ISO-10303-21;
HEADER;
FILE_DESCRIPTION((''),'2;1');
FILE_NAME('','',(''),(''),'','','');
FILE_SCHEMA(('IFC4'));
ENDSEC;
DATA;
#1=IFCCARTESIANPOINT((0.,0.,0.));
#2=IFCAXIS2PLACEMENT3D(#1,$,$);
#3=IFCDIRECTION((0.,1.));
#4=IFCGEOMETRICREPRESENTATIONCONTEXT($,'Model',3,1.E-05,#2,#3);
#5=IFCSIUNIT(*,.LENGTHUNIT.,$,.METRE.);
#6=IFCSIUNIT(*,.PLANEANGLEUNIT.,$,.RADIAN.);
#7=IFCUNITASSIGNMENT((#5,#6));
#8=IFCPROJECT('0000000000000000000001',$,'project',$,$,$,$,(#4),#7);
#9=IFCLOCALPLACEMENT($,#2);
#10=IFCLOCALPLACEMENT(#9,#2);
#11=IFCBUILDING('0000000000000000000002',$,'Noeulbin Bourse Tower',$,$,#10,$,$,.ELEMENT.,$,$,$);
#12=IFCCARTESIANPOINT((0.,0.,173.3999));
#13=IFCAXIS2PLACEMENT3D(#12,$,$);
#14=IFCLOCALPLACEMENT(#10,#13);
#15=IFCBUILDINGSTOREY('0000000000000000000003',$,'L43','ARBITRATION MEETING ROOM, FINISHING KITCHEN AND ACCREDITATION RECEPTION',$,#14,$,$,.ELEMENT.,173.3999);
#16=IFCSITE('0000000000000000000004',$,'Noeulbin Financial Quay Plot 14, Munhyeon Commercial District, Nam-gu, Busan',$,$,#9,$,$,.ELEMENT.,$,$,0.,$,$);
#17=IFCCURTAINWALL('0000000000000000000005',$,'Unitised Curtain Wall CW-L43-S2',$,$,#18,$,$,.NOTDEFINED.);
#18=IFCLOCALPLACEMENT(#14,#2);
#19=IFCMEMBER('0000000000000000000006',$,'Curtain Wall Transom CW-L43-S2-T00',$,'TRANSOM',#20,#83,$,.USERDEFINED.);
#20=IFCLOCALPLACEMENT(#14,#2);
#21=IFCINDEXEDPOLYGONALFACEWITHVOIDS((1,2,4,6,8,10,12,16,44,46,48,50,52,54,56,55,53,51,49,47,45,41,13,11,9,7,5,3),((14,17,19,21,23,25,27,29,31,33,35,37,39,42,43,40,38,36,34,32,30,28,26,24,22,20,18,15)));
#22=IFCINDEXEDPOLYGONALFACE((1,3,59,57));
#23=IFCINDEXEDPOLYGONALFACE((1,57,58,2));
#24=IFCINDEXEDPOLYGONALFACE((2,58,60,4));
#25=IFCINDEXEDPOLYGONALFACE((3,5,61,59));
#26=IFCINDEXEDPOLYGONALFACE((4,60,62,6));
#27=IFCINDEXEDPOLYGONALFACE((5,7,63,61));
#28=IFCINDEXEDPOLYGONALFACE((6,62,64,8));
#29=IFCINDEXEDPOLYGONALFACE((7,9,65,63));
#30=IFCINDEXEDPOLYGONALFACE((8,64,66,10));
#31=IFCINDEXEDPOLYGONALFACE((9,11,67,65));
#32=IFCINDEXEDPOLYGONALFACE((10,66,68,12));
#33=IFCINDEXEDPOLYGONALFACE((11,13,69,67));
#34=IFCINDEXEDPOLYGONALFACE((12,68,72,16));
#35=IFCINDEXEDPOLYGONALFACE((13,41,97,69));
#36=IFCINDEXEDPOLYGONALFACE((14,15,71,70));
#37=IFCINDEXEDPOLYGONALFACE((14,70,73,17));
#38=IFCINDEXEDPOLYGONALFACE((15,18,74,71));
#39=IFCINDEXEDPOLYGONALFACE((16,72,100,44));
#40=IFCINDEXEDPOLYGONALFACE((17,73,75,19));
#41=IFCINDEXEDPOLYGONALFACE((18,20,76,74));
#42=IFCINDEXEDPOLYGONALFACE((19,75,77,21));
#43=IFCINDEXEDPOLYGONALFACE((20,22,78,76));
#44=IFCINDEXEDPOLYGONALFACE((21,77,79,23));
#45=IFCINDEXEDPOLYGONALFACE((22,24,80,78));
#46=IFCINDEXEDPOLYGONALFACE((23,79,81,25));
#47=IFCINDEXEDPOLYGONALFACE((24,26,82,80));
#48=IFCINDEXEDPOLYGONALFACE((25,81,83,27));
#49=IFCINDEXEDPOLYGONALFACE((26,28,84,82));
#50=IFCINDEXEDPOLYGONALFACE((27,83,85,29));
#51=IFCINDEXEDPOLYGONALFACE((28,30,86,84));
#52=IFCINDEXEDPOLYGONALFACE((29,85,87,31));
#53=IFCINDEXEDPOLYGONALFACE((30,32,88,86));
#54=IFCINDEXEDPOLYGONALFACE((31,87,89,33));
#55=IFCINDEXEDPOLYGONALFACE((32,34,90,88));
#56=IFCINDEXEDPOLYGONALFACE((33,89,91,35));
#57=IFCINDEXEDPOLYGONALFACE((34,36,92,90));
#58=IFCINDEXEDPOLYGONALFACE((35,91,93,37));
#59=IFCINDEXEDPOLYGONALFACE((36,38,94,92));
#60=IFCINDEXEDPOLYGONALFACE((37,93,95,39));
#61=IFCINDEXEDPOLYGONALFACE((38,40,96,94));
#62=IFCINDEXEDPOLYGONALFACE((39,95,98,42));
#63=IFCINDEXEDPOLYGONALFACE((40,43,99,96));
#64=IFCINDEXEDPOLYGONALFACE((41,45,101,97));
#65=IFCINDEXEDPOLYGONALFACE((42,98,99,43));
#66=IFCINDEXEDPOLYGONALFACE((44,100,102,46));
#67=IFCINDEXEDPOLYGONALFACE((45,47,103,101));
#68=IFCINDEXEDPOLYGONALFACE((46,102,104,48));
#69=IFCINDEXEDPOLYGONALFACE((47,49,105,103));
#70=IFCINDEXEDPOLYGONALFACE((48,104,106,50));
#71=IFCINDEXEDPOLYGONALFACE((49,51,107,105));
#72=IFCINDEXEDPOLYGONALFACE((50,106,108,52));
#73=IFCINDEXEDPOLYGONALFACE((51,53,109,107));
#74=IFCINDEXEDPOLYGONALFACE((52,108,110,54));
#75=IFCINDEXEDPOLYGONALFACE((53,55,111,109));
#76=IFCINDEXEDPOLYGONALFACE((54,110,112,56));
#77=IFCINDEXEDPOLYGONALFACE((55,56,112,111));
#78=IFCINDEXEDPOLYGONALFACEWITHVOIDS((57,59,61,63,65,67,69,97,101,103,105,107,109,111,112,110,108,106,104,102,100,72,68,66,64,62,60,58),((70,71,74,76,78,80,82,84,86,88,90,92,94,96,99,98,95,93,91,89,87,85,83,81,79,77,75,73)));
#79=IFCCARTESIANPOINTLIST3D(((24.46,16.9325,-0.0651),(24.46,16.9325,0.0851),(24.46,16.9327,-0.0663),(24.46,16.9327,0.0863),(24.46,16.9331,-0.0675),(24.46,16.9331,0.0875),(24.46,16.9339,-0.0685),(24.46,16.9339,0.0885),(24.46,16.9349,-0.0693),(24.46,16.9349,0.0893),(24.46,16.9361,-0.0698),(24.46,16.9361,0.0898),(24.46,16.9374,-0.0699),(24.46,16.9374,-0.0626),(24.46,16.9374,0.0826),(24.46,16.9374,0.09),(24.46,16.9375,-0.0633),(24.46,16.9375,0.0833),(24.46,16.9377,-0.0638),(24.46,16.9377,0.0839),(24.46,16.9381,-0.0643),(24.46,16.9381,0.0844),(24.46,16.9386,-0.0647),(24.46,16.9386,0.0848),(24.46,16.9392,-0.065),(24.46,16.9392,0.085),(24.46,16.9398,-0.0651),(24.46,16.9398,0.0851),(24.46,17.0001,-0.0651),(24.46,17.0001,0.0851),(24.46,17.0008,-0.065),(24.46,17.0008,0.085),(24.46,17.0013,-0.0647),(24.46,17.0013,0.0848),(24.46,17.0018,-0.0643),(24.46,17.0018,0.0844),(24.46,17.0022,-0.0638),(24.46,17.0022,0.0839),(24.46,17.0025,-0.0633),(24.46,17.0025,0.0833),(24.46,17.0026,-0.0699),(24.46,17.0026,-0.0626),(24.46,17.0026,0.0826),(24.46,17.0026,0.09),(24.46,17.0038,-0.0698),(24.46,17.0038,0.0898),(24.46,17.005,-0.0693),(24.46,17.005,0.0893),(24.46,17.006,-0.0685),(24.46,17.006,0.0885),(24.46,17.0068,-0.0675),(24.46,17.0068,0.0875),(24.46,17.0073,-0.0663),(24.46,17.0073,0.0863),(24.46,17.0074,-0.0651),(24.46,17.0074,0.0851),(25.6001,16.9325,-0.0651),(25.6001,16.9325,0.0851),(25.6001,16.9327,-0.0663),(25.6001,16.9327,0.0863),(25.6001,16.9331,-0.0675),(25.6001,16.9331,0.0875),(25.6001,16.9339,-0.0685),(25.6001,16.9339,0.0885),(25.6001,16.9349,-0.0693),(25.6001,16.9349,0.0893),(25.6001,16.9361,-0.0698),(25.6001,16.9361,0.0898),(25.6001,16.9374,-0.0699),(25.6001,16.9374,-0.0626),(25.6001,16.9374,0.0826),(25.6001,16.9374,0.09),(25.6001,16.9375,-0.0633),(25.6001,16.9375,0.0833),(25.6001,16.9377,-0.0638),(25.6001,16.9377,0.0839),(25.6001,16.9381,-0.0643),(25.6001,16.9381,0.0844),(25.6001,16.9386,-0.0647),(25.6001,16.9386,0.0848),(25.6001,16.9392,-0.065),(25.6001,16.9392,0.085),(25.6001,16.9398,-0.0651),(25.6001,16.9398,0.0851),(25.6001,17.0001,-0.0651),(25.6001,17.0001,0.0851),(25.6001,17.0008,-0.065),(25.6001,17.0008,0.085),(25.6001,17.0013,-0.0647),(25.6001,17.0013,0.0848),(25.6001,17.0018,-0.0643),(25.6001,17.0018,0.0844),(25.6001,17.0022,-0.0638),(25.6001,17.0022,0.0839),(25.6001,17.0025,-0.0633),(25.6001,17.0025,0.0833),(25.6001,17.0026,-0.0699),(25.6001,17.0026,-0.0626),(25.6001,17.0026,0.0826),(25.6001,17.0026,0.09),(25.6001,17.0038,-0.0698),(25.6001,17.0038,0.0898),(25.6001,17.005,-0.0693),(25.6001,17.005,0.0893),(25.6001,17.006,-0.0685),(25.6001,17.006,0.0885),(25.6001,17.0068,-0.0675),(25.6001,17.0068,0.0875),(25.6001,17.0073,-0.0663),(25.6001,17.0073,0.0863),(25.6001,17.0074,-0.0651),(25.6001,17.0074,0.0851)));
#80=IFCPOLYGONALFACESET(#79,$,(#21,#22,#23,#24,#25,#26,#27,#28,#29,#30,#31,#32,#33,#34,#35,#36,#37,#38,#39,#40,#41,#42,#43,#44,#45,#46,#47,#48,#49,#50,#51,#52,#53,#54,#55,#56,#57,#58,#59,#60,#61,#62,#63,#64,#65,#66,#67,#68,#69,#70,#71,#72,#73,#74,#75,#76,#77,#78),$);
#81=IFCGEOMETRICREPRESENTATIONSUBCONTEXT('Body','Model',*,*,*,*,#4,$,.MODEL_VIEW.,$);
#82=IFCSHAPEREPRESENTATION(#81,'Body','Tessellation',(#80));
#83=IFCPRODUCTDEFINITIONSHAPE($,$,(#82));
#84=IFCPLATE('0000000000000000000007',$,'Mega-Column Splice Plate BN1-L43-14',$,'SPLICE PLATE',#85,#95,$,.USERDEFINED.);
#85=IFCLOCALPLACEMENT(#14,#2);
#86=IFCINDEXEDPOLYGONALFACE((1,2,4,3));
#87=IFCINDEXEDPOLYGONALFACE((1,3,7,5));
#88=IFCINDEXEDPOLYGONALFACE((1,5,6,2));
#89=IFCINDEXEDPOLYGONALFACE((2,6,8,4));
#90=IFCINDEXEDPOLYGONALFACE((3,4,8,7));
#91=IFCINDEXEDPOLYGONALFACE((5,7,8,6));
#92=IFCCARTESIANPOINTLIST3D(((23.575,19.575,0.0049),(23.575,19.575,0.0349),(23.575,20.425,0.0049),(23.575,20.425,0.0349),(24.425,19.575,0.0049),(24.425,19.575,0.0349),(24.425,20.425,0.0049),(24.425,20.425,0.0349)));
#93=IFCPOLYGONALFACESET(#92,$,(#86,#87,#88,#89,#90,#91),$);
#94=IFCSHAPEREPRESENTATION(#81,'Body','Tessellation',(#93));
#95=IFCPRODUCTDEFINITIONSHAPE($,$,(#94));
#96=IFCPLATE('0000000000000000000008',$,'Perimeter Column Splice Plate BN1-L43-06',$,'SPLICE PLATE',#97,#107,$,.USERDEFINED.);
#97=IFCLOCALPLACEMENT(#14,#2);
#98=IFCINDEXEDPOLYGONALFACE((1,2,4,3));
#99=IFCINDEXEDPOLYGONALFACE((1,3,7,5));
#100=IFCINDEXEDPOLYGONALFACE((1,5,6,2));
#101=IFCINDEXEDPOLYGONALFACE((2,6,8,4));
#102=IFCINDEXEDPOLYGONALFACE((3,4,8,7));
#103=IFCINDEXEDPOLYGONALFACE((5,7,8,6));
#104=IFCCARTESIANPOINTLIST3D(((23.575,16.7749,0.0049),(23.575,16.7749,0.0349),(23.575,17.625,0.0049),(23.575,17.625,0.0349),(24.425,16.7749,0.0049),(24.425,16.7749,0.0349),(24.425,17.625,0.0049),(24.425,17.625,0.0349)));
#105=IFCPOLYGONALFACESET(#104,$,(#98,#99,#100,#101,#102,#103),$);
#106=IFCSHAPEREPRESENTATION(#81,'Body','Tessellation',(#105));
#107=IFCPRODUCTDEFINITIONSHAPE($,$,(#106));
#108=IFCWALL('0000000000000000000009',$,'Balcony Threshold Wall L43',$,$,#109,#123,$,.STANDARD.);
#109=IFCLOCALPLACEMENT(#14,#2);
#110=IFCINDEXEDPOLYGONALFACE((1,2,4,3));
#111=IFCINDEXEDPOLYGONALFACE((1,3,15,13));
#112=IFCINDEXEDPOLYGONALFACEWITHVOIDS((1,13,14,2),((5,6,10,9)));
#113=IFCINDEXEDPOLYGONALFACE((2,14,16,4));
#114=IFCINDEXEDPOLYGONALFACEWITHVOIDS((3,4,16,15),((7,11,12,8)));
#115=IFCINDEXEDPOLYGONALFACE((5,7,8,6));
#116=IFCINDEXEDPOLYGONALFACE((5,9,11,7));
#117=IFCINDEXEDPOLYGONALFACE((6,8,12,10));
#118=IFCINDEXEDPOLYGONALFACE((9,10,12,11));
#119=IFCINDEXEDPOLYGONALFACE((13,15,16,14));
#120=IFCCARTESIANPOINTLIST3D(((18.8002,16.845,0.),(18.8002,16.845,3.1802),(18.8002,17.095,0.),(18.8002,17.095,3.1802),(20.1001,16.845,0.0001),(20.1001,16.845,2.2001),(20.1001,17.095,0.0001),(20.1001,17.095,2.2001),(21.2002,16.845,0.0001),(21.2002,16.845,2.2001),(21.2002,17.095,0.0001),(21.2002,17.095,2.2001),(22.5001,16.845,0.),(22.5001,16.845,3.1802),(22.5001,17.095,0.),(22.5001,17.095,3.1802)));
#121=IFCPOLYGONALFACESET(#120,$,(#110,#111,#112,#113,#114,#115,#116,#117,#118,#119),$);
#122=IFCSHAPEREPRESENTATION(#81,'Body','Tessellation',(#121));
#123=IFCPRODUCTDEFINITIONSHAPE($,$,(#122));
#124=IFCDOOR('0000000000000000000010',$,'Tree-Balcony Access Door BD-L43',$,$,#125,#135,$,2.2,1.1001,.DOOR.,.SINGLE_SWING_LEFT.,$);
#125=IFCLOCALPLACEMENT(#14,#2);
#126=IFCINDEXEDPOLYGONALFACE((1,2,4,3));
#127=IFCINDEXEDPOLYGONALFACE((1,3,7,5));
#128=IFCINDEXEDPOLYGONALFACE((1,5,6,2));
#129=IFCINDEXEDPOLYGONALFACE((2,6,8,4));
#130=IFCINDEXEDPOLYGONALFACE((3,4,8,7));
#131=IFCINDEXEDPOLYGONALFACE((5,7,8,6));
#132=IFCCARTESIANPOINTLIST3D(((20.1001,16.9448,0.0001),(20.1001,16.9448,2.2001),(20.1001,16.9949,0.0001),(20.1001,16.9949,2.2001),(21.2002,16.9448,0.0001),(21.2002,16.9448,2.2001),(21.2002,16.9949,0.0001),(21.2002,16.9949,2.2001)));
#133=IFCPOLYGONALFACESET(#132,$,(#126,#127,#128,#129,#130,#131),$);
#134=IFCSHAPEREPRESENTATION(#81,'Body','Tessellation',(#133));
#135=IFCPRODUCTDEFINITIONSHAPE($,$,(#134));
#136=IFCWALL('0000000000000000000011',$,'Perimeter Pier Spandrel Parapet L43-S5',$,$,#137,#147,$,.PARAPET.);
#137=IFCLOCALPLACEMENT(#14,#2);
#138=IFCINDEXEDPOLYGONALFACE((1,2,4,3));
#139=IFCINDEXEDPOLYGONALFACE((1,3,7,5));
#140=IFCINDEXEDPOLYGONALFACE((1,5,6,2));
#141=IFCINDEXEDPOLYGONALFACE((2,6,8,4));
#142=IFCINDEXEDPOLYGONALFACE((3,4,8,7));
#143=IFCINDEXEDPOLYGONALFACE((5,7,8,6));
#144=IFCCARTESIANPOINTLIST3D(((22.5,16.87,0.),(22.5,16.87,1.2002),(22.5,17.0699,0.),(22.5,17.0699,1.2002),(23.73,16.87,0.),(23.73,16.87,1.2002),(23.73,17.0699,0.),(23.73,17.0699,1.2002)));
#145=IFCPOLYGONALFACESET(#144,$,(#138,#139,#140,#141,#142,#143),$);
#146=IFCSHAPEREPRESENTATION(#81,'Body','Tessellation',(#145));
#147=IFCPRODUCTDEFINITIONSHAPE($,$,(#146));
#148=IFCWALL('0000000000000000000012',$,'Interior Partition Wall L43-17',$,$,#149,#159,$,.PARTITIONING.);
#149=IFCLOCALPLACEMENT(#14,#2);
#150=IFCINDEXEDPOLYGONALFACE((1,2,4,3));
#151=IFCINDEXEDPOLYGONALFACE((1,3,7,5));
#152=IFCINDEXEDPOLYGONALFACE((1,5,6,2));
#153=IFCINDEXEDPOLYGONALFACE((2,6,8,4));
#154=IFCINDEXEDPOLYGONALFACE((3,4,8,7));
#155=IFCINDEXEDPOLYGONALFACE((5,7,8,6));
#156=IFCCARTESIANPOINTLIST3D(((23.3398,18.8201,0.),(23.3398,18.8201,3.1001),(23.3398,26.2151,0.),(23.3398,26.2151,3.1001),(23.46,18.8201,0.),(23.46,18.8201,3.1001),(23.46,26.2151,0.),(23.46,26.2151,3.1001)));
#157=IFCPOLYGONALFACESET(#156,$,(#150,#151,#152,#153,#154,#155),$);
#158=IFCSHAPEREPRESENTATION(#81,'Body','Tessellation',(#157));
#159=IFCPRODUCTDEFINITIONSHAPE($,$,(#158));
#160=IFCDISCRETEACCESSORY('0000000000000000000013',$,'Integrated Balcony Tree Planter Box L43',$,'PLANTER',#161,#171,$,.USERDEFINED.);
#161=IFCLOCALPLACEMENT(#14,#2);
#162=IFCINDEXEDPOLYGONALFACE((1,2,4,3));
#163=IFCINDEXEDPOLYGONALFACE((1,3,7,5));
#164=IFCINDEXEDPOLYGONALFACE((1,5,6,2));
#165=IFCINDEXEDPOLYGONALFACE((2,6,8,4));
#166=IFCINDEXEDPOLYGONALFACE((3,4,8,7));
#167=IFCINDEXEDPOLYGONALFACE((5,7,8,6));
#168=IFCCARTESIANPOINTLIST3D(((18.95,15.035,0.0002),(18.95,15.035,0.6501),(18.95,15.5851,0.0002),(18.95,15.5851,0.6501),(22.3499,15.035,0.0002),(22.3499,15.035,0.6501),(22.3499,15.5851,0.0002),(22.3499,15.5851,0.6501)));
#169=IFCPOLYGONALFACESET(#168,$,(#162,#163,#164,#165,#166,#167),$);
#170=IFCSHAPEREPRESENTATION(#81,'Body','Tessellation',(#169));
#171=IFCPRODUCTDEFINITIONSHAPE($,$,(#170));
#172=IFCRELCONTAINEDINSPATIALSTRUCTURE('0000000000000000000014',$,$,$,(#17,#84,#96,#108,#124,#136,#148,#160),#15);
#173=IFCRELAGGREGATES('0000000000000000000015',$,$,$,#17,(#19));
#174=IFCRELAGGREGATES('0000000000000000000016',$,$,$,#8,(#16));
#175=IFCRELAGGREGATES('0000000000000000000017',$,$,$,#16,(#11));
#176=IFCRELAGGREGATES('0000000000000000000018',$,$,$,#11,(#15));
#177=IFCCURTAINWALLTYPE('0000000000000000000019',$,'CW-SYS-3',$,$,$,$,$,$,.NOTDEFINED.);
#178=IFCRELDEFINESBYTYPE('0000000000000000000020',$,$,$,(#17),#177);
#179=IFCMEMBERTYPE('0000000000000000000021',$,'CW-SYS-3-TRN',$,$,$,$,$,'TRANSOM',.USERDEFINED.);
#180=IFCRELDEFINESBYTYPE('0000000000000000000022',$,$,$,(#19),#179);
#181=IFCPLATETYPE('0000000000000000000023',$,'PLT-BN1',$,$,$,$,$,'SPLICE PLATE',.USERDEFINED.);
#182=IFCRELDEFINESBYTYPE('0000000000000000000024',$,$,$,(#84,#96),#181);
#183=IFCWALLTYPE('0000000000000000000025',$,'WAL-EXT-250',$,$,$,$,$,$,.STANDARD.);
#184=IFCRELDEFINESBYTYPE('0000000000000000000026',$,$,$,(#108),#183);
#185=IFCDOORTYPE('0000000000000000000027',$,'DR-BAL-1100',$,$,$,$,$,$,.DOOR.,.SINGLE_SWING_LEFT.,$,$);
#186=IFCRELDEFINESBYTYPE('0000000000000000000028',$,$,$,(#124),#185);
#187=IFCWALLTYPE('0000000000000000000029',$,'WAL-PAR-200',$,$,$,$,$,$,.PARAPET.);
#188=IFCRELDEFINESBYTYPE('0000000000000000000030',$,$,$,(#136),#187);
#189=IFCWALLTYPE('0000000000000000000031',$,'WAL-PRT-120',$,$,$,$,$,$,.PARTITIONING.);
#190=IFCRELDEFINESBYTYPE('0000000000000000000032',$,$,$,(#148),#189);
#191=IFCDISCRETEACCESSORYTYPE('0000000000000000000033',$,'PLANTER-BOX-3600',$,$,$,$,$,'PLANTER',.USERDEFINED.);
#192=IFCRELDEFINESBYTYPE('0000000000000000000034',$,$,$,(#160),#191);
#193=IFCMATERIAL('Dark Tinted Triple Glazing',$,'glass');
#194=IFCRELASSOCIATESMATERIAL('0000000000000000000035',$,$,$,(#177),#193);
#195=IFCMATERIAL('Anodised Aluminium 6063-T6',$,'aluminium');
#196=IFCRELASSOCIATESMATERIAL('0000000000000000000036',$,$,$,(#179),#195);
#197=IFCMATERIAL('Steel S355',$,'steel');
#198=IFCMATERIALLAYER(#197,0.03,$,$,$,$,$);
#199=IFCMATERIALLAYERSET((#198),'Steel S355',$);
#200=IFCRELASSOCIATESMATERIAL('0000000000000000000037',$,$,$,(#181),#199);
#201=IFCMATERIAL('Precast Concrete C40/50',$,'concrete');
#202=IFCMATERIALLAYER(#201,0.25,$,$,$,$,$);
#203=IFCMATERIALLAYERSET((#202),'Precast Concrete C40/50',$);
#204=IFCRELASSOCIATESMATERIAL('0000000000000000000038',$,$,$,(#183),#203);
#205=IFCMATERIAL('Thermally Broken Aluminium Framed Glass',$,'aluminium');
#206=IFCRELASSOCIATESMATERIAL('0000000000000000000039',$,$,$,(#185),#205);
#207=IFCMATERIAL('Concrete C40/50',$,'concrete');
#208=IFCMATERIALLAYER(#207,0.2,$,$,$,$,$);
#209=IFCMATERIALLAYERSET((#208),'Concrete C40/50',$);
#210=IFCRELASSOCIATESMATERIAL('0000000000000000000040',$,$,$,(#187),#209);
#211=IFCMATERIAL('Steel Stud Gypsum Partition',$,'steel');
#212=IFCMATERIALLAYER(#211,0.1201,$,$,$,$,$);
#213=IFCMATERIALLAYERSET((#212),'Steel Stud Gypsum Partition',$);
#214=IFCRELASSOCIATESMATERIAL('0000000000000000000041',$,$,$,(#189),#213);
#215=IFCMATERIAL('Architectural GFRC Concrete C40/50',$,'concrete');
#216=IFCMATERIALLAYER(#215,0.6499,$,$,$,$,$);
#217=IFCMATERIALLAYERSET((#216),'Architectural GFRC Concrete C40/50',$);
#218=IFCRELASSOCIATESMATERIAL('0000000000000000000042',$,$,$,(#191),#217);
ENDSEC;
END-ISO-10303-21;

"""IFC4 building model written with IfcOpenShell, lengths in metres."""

from ifc_helpers import new_model, si_unit, direction, frame, frame_2d, origin, origin_2d, place, context, subcontext, project, spatial, rectangle, hollow_rectangle, extrude, material, layer, layer_set, material_profile, profile_set, type_object, element, fill, aggregate, save


model = new_model("IFC4")

# Units and contexts
model_context = context("Model", 3, precision=1e-05, world=origin(), true_north=direction((0.0, 1.0)))
body_context = subcontext(model_context, "Body", "Model", "MODEL_VIEW")
ifc_project = project(units=[si_unit("LENGTHUNIT", "METRE"), si_unit("PLANEANGLEUNIT", "RADIAN")], contexts=[model_context])

# Site, building, storey
site_placement = place(None, origin())
site = spatial("IfcSite", under=ifc_project, at=site_placement, Name="Noeulbin Financial Quay Plot 14, Munhyeon Commercial District, Nam-gu, Busan", CompositionType="ELEMENT", RefElevation=0.0)
building_placement = place(site_placement, origin())
building = spatial("IfcBuilding", under=site, at=building_placement, Name="Noeulbin Bourse Tower", CompositionType="ELEMENT")
storey_placement = place(building_placement, frame((0.0, 0.0, 173.3999)))
storey = spatial("IfcBuildingStorey", under=building, at=storey_placement, Name="L43", Description="ARBITRATION MEETING ROOM, FINISHING KITCHEN AND ACCREDITATION RECEPTION", CompositionType="ELEMENT", Elevation=173.3999)

# Shared definitions
ifc_material_1 = material(Name="Steel S355", Category="steel")

# Shared definitions
ifc_material_2 = material(Name="Dark Tinted Triple Glazing", Category="glass")
curtain_wall_type = type_object("IfcCurtainWallType", Name="CW-SYS-3", PredefinedType="NOTDEFINED", material=ifc_material_2)
ifc_material_3 = material(Name="Anodised Aluminium 6063-T6", Category="aluminium")

# Curtain wall, member
curtain_wall_1_placement = place(storey_placement, origin())
curtain_wall_1 = element("IfcCurtainWall", 1, at=curtain_wall_1_placement, inside=storey, type_object=curtain_wall_type, Name="Unitised Curtain Wall CW-L43-S2", PredefinedType="NOTDEFINED")
ifc_material_profile_1 = material_profile(ifc_material_3, hollow_rectangle(XDim=0.075, YDim=0.1599, WallThickness=0.0049, InnerFilletRadius=0.0024, OuterFilletRadius=0.0049, at=origin_2d()), Name="ALU-TRAN-75x160x5", Category="LoadBearing")
ifc_profile_set_1 = profile_set([ifc_material_profile_1], Name="Anodised Aluminium 6063-T6")
member_type_1 = type_object("IfcMemberType", Name="CW-SYS-3-TRN", ElementType="TRANSOM", PredefinedType="USERDEFINED", material=ifc_profile_set_1)
member_1_placement = place(storey_placement, frame((24.46, 16.97, 0.01), z_axis=(1.0, 0.0, 0.0), x_axis=(0.0, 1.0, 0.0)))
member_1 = element("IfcMember", 2, at=member_1_placement, type_object=member_type_1, Name="Curtain Wall Transom CW-L43-S2-T00", ObjectType="TRANSOM", PredefinedType="USERDEFINED", context=body_context, shape_type="SweptSolid", body=[
    extrude(hollow_rectangle(XDim=0.075, YDim=0.1599, WallThickness=0.0049, InnerFilletRadius=0.0024, OuterFilletRadius=0.0049, at=origin_2d()), origin(), (0.0, 0.0, 1.0), 1.1401),
])
aggregate(curtain_wall_1, [member_1])

# Plates
ifc_layer_1 = layer(ifc_material_1, 0.03)
ifc_layer_set_1 = layer_set([ifc_layer_1], Name="Steel S355")
plate_type = type_object("IfcPlateType", Name="PLT-BN1", ElementType="SPLICE PLATE", PredefinedType="USERDEFINED", material=ifc_layer_set_1)
for number, where, z_axis, x_axis, name in (
    (3, (24.0, 20.0, 0.0049), (0.0, 0.0, 1.0), (1.0, 0.0, 0.0), "Mega-Column Splice Plate BN1-L43-14"),
    (4, (24.0, 17.2, 0.0049), (0.0, 0.0, 1.0), (1.0, 0.0, 0.0), "Perimeter Column Splice Plate BN1-L43-06"),
):
    element("IfcPlate", number, at=place(storey_placement, frame(where, z_axis=z_axis, x_axis=x_axis)), inside=storey, type_object=plate_type, Name=name, ObjectType="SPLICE PLATE", PredefinedType="USERDEFINED", context=body_context, shape_type="SweptSolid", body=[
        extrude(rectangle(XDim=0.8501, YDim=0.8501, at=origin_2d()), origin(), (0.0, 0.0, 1.0), 0.03),
    ])

# Wall, opening, door
ifc_material_4 = material(Name="Precast Concrete C40/50", Category="concrete")
ifc_layer_2 = layer(ifc_material_4, 0.25)
ifc_layer_set_2 = layer_set([ifc_layer_2], Name="Precast Concrete C40/50")
wall_type_1 = type_object("IfcWallType", Name="WAL-EXT-250", PredefinedType="STANDARD", material=ifc_layer_set_2)
wall_1_placement = place(storey_placement, frame((18.8, 16.97, 0.0), z_axis=(0.0, 0.0, 1.0), x_axis=(1.0, 0.0, 0.0)))
wall_1 = element("IfcWall", 5, at=wall_1_placement, inside=storey, type_object=wall_type_1, Name="Balcony Threshold Wall L43", PredefinedType="STANDARD", context=body_context, shape_type="SweptSolid", body=[
    extrude(rectangle(XDim=3.7, YDim=0.25, at=frame_2d((1.8501, 0.0))), origin(), (0.0, 0.0, 1.0), 3.1802),
])
opening_placement = place(wall_1_placement, frame((1.3, 0.0, 0.0)))
opening = element("IfcOpeningElement", 6, at=opening_placement, cuts=wall_1, PredefinedType="OPENING", context=body_context, shape_type="SweptSolid", body=[
    extrude(rectangle(XDim=1.1001, YDim=2.2, at=frame_2d((0.55, 1.1001))), frame((0.0, 0.135, 0.0), z_axis=(0.0, -1.0, 0.0), x_axis=(1.0, 0.0, 0.0)), (0.0, 0.0, 1.0), 0.27),
])
ifc_material_5 = material(Name="Thermally Broken Aluminium Framed Glass", Category="aluminium")
door_type = type_object("IfcDoorType", Name="DR-BAL-1100", OperationType="SINGLE_SWING_LEFT", PredefinedType="DOOR", material=ifc_material_5)
door_placement = place(opening_placement, origin())
door = element("IfcDoor", 7, at=door_placement, inside=storey, type_object=door_type, Name="Tree-Balcony Access Door BD-L43", OperationType="SINGLE_SWING_LEFT", OverallHeight=2.2, OverallWidth=1.1001, PredefinedType="DOOR", context=body_context, shape_type="SweptSolid", body=[
    extrude(rectangle(XDim=1.1001, YDim=2.2, at=frame_2d((0.55, 1.1001))), frame((0.0, 0.0249, 0.0), z_axis=(0.0, -1.0, 0.0), x_axis=(1.0, 0.0, 0.0)), (0.0, 0.0, 1.0), 0.05),
])
fill(opening, door)

# Walls
ifc_material_6 = material(Name="Concrete C40/50", Category="concrete")
ifc_layer_3 = layer(ifc_material_6, 0.2)
ifc_layer_set_3 = layer_set([ifc_layer_3], Name="Concrete C40/50")
wall_type_2 = type_object("IfcWallType", Name="WAL-PAR-200", PredefinedType="PARAPET", material=ifc_layer_set_3)
wall_2_placement = place(storey_placement, frame((22.5, 16.97, 0.0), z_axis=(0.0, 0.0, 1.0), x_axis=(1.0, 0.0, 0.0)))
element("IfcWall", 8, at=wall_2_placement, inside=storey, type_object=wall_type_2, Name="Perimeter Pier Spandrel Parapet L43-S5", PredefinedType="PARAPET", context=body_context, shape_type="SweptSolid", body=[
    extrude(rectangle(XDim=1.23, YDim=0.2, at=frame_2d((0.615, 0.0))), origin(), (0.0, 0.0, 1.0), 1.2002),
])
ifc_material_7 = material(Name="Steel Stud Gypsum Partition", Category="steel")
ifc_layer_4 = layer(ifc_material_7, 0.1201)
ifc_layer_set_4 = layer_set([ifc_layer_4], Name="Steel Stud Gypsum Partition")
wall_type_3 = type_object("IfcWallType", Name="WAL-PRT-120", PredefinedType="PARTITIONING", material=ifc_layer_set_4)
wall_3_placement = place(storey_placement, frame((23.3999, 18.8201, 0.0), z_axis=(0.0, 0.0, 1.0), x_axis=(0.0, 1.0, 0.0)))
element("IfcWall", 9, at=wall_3_placement, inside=storey, type_object=wall_type_3, Name="Interior Partition Wall L43-17", PredefinedType="PARTITIONING", context=body_context, shape_type="SweptSolid", body=[
    extrude(rectangle(XDim=7.395, YDim=0.1201, at=frame_2d((3.6975, 0.0))), origin(), (0.0, 0.0, 1.0), 3.1001),
])

# Discrete accessory
ifc_material_8 = material(Name="Architectural GFRC Concrete C40/50", Category="concrete")
ifc_layer_5 = layer(ifc_material_8, 0.6499)
ifc_layer_set_5 = layer_set([ifc_layer_5], Name="Architectural GFRC Concrete C40/50")
discrete_accessory_type = type_object("IfcDiscreteAccessoryType", Name="PLANTER-BOX-3600", ElementType="PLANTER", PredefinedType="USERDEFINED", material=ifc_layer_set_5)
discrete_accessory_placement = place(storey_placement, frame((20.6499, 15.3101, 0.0002), z_axis=(0.0, 0.0, 1.0), x_axis=(1.0, 0.0, 0.0)))
element("IfcDiscreteAccessory", 10, at=discrete_accessory_placement, inside=storey, type_object=discrete_accessory_type, Name="Integrated Balcony Tree Planter Box L43", ObjectType="PLANTER", PredefinedType="USERDEFINED", context=body_context, shape_type="SweptSolid", body=[
    extrude(rectangle(XDim=3.3999, YDim=0.55, at=origin_2d()), origin(), (0.0, 0.0, 1.0), 0.6499),
])

save(model, "model.ifc")
